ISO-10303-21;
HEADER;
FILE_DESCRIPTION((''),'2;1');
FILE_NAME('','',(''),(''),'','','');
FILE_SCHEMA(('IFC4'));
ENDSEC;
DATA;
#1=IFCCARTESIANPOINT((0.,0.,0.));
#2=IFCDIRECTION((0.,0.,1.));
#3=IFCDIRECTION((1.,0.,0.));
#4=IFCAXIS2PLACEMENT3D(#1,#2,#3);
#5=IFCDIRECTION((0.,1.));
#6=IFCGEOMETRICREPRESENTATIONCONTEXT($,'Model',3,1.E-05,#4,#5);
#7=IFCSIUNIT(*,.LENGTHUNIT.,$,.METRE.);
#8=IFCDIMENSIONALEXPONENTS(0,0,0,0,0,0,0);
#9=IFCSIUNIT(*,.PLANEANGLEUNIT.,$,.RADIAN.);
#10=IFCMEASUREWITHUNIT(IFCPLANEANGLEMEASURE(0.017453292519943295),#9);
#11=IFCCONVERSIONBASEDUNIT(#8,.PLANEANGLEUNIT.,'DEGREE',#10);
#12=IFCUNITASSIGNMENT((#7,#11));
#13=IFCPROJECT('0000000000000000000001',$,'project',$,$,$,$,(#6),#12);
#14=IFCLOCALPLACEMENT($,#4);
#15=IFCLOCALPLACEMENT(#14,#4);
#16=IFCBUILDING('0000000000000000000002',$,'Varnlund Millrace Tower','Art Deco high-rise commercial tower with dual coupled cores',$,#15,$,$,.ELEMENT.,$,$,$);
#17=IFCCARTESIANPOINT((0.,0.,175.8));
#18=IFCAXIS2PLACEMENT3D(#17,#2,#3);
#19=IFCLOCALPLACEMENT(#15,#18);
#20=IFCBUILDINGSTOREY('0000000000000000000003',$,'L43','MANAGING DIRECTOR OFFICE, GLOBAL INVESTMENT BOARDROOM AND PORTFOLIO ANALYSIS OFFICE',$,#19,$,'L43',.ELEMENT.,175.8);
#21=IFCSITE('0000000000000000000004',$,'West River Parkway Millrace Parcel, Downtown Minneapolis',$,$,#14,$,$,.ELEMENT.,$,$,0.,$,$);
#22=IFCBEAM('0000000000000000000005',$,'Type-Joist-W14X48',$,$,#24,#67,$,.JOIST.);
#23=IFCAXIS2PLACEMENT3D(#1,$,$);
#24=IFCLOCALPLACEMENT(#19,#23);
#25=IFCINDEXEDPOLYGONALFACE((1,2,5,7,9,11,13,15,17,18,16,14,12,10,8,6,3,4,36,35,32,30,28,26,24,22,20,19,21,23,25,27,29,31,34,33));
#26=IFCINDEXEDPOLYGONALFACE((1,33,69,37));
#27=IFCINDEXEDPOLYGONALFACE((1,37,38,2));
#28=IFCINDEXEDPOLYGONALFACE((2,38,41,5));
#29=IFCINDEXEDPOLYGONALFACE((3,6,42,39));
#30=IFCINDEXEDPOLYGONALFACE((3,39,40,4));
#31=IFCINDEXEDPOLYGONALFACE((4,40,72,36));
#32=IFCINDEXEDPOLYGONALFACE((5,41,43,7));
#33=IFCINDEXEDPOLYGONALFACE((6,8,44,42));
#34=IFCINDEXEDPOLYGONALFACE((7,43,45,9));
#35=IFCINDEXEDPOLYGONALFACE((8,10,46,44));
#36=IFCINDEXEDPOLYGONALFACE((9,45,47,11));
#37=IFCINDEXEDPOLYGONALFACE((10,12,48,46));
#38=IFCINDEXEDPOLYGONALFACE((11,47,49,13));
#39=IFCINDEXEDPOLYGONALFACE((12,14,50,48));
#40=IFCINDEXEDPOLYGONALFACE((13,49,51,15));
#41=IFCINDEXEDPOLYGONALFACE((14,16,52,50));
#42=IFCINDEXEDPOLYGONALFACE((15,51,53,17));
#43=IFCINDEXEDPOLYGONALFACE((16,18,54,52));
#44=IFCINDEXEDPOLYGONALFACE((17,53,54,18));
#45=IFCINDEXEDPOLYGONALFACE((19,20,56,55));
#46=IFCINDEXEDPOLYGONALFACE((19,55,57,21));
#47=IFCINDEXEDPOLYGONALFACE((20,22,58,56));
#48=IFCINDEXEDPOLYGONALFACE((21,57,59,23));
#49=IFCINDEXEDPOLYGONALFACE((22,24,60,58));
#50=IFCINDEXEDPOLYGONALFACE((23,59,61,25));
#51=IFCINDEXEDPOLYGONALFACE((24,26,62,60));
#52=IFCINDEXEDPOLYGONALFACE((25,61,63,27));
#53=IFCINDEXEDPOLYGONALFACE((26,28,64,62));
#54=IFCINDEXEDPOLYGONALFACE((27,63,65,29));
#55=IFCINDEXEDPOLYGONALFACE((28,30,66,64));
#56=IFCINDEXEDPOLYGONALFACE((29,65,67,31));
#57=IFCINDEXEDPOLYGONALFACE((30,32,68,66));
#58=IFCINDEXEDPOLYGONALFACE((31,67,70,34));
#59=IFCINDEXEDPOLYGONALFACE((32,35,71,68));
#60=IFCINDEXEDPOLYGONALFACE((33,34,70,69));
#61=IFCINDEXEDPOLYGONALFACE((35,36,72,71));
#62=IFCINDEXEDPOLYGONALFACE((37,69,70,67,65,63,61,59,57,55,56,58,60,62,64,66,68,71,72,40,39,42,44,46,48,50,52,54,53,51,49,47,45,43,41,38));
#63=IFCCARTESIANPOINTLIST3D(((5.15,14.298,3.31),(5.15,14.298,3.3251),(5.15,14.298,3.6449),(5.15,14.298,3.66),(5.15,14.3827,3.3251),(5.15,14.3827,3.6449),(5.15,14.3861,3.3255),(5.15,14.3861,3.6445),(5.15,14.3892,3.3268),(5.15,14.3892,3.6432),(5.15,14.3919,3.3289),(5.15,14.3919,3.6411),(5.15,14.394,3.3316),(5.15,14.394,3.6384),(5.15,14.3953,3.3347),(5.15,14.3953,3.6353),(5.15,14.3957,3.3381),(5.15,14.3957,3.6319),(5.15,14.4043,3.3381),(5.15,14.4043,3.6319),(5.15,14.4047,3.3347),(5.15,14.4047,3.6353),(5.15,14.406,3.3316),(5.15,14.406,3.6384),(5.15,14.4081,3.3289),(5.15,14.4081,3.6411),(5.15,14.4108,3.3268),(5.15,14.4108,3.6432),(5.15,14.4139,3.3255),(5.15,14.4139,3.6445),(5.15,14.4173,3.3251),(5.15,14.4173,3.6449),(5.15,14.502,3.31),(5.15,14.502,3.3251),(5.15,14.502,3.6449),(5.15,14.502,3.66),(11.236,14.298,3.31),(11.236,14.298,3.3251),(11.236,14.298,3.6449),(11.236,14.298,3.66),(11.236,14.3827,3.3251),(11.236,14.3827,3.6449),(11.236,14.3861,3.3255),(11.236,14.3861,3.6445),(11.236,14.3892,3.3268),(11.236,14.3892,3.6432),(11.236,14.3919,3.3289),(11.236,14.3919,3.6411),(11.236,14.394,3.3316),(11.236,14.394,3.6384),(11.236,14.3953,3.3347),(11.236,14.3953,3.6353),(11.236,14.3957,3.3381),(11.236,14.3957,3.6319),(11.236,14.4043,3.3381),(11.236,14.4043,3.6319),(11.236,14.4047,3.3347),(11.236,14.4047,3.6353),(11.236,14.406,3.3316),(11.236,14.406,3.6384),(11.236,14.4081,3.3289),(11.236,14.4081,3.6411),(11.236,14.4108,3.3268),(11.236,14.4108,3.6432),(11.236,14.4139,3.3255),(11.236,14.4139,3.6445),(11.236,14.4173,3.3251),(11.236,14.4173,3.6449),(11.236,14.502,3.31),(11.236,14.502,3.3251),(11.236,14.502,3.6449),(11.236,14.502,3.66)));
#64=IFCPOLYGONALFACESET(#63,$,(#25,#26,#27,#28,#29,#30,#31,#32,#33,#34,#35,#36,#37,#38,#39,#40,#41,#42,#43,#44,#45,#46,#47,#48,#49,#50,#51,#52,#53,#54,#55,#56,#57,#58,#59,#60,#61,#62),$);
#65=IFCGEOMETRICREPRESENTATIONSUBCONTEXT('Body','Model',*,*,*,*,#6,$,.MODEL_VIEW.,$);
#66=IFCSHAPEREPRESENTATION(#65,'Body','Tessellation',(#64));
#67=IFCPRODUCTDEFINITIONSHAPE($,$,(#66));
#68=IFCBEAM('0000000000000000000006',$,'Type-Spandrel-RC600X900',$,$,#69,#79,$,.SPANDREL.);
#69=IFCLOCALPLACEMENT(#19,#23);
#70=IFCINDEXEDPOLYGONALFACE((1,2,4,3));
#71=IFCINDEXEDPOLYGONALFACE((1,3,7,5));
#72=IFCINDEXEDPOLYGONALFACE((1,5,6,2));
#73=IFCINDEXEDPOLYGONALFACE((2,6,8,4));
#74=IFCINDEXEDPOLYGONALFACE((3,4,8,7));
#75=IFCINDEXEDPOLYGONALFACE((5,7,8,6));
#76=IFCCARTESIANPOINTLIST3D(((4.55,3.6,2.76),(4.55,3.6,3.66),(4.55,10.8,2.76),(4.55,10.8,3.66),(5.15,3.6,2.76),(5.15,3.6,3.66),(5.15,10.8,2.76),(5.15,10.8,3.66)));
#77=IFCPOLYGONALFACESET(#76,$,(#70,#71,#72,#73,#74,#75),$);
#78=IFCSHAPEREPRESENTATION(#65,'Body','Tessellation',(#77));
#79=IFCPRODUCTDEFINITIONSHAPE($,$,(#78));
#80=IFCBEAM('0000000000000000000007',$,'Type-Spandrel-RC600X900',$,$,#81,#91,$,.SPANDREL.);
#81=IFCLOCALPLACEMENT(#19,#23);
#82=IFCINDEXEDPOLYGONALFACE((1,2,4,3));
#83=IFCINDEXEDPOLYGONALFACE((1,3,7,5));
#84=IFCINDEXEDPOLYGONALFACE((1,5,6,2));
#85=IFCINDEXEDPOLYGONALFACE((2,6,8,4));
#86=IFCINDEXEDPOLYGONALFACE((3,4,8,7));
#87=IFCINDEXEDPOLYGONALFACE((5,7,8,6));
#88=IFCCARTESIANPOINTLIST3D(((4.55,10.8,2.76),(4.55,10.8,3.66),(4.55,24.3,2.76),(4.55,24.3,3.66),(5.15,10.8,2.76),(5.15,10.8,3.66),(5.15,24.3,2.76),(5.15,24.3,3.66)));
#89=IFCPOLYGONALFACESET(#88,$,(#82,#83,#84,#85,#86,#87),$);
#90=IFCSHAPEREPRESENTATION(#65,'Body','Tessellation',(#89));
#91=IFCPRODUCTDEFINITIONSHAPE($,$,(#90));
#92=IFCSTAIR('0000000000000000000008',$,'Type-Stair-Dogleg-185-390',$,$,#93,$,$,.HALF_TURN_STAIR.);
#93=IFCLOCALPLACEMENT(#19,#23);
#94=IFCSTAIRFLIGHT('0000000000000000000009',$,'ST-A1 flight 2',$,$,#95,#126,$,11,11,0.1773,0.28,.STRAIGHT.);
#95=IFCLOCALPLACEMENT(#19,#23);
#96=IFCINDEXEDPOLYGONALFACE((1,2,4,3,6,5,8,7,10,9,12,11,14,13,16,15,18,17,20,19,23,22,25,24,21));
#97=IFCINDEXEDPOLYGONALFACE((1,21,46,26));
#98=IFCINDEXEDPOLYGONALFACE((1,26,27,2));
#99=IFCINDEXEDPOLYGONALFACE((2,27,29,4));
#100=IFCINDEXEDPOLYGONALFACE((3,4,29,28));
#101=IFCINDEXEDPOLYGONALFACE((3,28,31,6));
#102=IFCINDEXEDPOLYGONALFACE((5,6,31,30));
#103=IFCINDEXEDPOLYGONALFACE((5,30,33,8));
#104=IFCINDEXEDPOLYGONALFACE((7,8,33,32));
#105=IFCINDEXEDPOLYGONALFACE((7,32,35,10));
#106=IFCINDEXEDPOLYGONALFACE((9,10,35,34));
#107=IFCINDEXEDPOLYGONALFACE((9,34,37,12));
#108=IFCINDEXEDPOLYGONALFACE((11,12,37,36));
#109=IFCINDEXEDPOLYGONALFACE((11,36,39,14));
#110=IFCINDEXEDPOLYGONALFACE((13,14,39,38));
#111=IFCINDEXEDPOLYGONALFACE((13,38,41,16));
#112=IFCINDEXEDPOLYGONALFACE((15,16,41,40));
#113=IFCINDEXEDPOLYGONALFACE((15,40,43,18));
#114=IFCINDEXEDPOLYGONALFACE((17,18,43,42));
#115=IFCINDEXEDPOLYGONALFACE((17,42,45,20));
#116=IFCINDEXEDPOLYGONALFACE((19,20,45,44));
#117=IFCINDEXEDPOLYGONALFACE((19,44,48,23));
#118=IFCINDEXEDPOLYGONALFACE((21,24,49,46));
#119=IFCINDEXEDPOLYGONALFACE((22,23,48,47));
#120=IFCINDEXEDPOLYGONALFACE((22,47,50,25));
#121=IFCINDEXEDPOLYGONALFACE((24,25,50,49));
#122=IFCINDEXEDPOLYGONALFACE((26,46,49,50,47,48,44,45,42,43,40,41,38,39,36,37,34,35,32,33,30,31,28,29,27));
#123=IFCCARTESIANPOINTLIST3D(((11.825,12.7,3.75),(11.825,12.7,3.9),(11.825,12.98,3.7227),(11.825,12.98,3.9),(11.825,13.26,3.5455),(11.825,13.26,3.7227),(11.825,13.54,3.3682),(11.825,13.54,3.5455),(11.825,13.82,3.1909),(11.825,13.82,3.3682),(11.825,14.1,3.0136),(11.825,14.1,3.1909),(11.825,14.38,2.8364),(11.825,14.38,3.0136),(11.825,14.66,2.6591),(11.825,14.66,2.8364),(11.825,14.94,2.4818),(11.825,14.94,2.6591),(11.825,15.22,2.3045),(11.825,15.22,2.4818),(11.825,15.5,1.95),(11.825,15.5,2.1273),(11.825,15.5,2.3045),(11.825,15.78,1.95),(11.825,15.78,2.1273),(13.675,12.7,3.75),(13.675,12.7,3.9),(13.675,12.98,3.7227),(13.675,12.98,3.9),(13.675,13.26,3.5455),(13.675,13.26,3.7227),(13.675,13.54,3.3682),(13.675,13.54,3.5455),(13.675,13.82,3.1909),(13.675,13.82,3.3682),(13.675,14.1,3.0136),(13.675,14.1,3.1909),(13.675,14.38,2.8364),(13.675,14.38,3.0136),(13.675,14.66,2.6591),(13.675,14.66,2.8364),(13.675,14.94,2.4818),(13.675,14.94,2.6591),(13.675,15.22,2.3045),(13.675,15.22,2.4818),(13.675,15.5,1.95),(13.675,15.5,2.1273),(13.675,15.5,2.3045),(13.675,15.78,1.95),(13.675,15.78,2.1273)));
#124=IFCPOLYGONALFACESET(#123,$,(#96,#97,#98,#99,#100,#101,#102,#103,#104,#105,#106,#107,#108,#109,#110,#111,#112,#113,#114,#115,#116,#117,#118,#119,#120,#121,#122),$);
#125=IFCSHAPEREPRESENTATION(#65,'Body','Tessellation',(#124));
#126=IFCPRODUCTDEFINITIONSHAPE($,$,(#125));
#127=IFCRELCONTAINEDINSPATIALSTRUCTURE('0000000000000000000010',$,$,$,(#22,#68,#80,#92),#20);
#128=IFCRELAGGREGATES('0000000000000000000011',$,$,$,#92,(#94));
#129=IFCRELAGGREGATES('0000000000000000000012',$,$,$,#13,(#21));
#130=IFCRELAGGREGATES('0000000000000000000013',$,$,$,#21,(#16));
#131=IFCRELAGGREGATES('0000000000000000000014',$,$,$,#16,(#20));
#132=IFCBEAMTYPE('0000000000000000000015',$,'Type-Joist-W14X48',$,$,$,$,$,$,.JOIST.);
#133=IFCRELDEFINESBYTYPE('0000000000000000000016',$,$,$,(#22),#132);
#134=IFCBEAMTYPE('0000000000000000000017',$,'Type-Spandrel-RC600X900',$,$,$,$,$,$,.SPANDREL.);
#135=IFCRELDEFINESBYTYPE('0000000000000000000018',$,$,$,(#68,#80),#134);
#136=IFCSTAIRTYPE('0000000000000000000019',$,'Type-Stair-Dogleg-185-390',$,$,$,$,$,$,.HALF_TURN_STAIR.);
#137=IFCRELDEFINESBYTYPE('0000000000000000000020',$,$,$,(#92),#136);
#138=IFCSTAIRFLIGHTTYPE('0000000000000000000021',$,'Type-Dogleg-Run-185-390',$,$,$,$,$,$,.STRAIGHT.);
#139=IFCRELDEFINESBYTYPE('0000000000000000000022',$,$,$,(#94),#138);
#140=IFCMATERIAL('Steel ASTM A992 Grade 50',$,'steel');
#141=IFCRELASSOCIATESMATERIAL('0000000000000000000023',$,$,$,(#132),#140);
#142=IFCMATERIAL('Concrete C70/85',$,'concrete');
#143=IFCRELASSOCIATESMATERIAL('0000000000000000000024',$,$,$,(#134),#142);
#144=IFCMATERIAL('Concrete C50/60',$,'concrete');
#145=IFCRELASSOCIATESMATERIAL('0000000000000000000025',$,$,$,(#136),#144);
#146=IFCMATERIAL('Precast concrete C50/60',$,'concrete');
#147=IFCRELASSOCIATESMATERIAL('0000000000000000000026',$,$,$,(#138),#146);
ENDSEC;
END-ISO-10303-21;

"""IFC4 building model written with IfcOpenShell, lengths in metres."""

from ifc_helpers import new_model, entity, si_unit, converted_unit, direction, frame, origin_with_axes, origin_2d_with_axis, place, context, subcontext, project, spatial, polyline, rectangle, i_section, outline, extrude, material, material_profile, profile_set, type_object, element, aggregate, save


model = new_model("IFC4")

# Units and contexts
model_context = context("Model", 3, precision=1e-05, world=origin_with_axes(), true_north=direction((0.0, 1.0)))
body_context = subcontext(model_context, "Body", "Model", "MODEL_VIEW")
ifc_project = project(units=[si_unit("LENGTHUNIT", "METRE"), converted_unit("PLANEANGLEUNIT", "DEGREE", entity("IfcPlaneAngleMeasure", 0.017453292519943295), si_unit("PLANEANGLEUNIT", "RADIAN"), dimensions=[0, 0, 0, 0, 0, 0, 0])], contexts=[model_context])

# Site, building, storey
site_placement = place(None, origin_with_axes())
site = spatial("IfcSite", under=ifc_project, at=site_placement, Name="West River Parkway Millrace Parcel, Downtown Minneapolis", CompositionType="ELEMENT", RefElevation=0.0)
building_placement = place(site_placement, origin_with_axes())
building = spatial("IfcBuilding", under=site, at=building_placement, Name="Varnlund Millrace Tower", Description="Art Deco high-rise commercial tower with dual coupled cores", CompositionType="ELEMENT")
storey_placement = place(building_placement, frame((0.0, 0.0, 175.8), z_axis=(0.0, 0.0, 1.0), x_axis=(1.0, 0.0, 0.0)))
storey = spatial("IfcBuildingStorey", under=building, at=storey_placement, Name="L43", Description="MANAGING DIRECTOR OFFICE, GLOBAL INVESTMENT BOARDROOM AND PORTFOLIO ANALYSIS OFFICE", LongName="L43", CompositionType="ELEMENT", Elevation=175.8)

# Beams
ifc_material_1 = material(Name="Steel ASTM A992 Grade 50", Category="steel")
ifc_material_profile_1 = material_profile(ifc_material_1, i_section(OverallWidth=0.204, OverallDepth=0.35, WebThickness=0.0086, FlangeThickness=0.0151, FilletRadius=0.013, at=origin_2d_with_axis()), Name="Steel ASTM A992 Grade 50")
ifc_profile_set_1 = profile_set([ifc_material_profile_1], Name="Steel ASTM A992 Grade 50")
beam_type_1 = type_object("IfcBeamType", Name="Type-Joist-W14X48", PredefinedType="JOIST", material=ifc_profile_set_1)
for number, where, z_axis, x_axis, name in (
    (1, (5.15, 14.4, 3.485), (1.0, 0.0, 0.0), (0.0, 1.0, 0.0), "Type-Joist-W14X48"),
):
    element("IfcBeam", number, at=place(storey_placement, frame(where, z_axis=z_axis, x_axis=x_axis)), inside=storey, type_object=beam_type_1, Name=name, PredefinedType="JOIST", context=body_context, shape_type="SweptSolid", body=[
        extrude(i_section(OverallWidth=0.204, OverallDepth=0.35, WebThickness=0.0086, FlangeThickness=0.0151, FilletRadius=0.013, at=origin_2d_with_axis()), origin_with_axes(), (0.0, 0.0, 1.0), 6.086),
    ])
ifc_material_2 = material(Name="Concrete C70/85", Category="concrete")
ifc_material_profile_2 = material_profile(ifc_material_2, rectangle(XDim=0.6, YDim=0.9, at=origin_2d_with_axis()), Name="Concrete C70/85")
ifc_profile_set_2 = profile_set([ifc_material_profile_2], Name="Concrete C70/85")
beam_type_2 = type_object("IfcBeamType", Name="Type-Spandrel-RC600X900", PredefinedType="SPANDREL", material=ifc_profile_set_2)
beam_1_placement = place(storey_placement, frame((4.85, 3.6, 3.21), z_axis=(0.0, 1.0, 0.0), x_axis=(-1.0, 0.0, 0.0)))
element("IfcBeam", 2, at=beam_1_placement, inside=storey, type_object=beam_type_2, Name="Type-Spandrel-RC600X900", PredefinedType="SPANDREL", context=body_context, shape_type="SweptSolid", body=[
    extrude(rectangle(XDim=0.6, YDim=0.9, at=origin_2d_with_axis()), origin_with_axes(), (0.0, 0.0, 1.0), 7.2),
])
beam_2_placement = place(storey_placement, frame((4.85, 10.8, 3.21), z_axis=(0.0, 1.0, 0.0), x_axis=(-1.0, 0.0, 0.0)))
element("IfcBeam", 3, at=beam_2_placement, inside=storey, type_object=beam_type_2, Name="Type-Spandrel-RC600X900", PredefinedType="SPANDREL", context=body_context, shape_type="SweptSolid", body=[
    extrude(rectangle(XDim=0.6, YDim=0.9, at=origin_2d_with_axis()), origin_with_axes(), (0.0, 0.0, 1.0), 13.5),
])

# Stair, stair flight
ifc_material_3 = material(Name="Concrete C50/60", Category="concrete")
stair_type = type_object("IfcStairType", Name="Type-Stair-Dogleg-185-390", PredefinedType="HALF_TURN_STAIR", material=ifc_material_3)
stair_placement = place(storey_placement, origin_with_axes())
stair = element("IfcStair", 4, at=stair_placement, inside=storey, type_object=stair_type, Name="Type-Stair-Dogleg-185-390", PredefinedType="HALF_TURN_STAIR")
ifc_material_4 = material(Name="Precast concrete C50/60", Category="concrete")
stair_flight_type = type_object("IfcStairFlightType", Name="Type-Dogleg-Run-185-390", PredefinedType="STRAIGHT", material=ifc_material_4)
stair_flight_placement = place(storey_placement, frame((13.675, 15.78, 1.95), z_axis=(-1.0, 0.0, 0.0), x_axis=(0.0, -1.0, 0.0)))
stair_flight = element("IfcStairFlight", 5, at=stair_flight_placement, type_object=stair_flight_type, Name="ST-A1 flight 2", NumberOfRisers=11, NumberOfTreads=11, PredefinedType="STRAIGHT", RiserHeight=0.1773, TreadLength=0.28, context=body_context, shape_type="SweptSolid", body=[
    extrude(outline(polyline([(0.0, 0.0), (0.0, 0.1773), (0.28, 0.1773), (0.28, 0.3545), (0.56, 0.3545), (0.56, 0.5318), (0.84, 0.5318), (0.84, 0.7091), (1.12, 0.7091), (1.12, 0.8864), (1.4, 0.8864), (1.4, 1.0636), (1.68, 1.0636), (1.68, 1.2409), (1.96, 1.2409), (1.96, 1.4182), (2.24, 1.4182), (2.24, 1.5955), (2.52, 1.5955), (2.52, 1.7727), (2.8, 1.7727), (2.8, 1.95), (3.08, 1.95), (3.08, 1.8), (0.28, 0.0), (0.0, 0.0)])), origin_with_axes(), (0.0, 0.0, 1.0), 1.85),
])
aggregate(stair, [stair_flight])

save(model, "model.ifc")
